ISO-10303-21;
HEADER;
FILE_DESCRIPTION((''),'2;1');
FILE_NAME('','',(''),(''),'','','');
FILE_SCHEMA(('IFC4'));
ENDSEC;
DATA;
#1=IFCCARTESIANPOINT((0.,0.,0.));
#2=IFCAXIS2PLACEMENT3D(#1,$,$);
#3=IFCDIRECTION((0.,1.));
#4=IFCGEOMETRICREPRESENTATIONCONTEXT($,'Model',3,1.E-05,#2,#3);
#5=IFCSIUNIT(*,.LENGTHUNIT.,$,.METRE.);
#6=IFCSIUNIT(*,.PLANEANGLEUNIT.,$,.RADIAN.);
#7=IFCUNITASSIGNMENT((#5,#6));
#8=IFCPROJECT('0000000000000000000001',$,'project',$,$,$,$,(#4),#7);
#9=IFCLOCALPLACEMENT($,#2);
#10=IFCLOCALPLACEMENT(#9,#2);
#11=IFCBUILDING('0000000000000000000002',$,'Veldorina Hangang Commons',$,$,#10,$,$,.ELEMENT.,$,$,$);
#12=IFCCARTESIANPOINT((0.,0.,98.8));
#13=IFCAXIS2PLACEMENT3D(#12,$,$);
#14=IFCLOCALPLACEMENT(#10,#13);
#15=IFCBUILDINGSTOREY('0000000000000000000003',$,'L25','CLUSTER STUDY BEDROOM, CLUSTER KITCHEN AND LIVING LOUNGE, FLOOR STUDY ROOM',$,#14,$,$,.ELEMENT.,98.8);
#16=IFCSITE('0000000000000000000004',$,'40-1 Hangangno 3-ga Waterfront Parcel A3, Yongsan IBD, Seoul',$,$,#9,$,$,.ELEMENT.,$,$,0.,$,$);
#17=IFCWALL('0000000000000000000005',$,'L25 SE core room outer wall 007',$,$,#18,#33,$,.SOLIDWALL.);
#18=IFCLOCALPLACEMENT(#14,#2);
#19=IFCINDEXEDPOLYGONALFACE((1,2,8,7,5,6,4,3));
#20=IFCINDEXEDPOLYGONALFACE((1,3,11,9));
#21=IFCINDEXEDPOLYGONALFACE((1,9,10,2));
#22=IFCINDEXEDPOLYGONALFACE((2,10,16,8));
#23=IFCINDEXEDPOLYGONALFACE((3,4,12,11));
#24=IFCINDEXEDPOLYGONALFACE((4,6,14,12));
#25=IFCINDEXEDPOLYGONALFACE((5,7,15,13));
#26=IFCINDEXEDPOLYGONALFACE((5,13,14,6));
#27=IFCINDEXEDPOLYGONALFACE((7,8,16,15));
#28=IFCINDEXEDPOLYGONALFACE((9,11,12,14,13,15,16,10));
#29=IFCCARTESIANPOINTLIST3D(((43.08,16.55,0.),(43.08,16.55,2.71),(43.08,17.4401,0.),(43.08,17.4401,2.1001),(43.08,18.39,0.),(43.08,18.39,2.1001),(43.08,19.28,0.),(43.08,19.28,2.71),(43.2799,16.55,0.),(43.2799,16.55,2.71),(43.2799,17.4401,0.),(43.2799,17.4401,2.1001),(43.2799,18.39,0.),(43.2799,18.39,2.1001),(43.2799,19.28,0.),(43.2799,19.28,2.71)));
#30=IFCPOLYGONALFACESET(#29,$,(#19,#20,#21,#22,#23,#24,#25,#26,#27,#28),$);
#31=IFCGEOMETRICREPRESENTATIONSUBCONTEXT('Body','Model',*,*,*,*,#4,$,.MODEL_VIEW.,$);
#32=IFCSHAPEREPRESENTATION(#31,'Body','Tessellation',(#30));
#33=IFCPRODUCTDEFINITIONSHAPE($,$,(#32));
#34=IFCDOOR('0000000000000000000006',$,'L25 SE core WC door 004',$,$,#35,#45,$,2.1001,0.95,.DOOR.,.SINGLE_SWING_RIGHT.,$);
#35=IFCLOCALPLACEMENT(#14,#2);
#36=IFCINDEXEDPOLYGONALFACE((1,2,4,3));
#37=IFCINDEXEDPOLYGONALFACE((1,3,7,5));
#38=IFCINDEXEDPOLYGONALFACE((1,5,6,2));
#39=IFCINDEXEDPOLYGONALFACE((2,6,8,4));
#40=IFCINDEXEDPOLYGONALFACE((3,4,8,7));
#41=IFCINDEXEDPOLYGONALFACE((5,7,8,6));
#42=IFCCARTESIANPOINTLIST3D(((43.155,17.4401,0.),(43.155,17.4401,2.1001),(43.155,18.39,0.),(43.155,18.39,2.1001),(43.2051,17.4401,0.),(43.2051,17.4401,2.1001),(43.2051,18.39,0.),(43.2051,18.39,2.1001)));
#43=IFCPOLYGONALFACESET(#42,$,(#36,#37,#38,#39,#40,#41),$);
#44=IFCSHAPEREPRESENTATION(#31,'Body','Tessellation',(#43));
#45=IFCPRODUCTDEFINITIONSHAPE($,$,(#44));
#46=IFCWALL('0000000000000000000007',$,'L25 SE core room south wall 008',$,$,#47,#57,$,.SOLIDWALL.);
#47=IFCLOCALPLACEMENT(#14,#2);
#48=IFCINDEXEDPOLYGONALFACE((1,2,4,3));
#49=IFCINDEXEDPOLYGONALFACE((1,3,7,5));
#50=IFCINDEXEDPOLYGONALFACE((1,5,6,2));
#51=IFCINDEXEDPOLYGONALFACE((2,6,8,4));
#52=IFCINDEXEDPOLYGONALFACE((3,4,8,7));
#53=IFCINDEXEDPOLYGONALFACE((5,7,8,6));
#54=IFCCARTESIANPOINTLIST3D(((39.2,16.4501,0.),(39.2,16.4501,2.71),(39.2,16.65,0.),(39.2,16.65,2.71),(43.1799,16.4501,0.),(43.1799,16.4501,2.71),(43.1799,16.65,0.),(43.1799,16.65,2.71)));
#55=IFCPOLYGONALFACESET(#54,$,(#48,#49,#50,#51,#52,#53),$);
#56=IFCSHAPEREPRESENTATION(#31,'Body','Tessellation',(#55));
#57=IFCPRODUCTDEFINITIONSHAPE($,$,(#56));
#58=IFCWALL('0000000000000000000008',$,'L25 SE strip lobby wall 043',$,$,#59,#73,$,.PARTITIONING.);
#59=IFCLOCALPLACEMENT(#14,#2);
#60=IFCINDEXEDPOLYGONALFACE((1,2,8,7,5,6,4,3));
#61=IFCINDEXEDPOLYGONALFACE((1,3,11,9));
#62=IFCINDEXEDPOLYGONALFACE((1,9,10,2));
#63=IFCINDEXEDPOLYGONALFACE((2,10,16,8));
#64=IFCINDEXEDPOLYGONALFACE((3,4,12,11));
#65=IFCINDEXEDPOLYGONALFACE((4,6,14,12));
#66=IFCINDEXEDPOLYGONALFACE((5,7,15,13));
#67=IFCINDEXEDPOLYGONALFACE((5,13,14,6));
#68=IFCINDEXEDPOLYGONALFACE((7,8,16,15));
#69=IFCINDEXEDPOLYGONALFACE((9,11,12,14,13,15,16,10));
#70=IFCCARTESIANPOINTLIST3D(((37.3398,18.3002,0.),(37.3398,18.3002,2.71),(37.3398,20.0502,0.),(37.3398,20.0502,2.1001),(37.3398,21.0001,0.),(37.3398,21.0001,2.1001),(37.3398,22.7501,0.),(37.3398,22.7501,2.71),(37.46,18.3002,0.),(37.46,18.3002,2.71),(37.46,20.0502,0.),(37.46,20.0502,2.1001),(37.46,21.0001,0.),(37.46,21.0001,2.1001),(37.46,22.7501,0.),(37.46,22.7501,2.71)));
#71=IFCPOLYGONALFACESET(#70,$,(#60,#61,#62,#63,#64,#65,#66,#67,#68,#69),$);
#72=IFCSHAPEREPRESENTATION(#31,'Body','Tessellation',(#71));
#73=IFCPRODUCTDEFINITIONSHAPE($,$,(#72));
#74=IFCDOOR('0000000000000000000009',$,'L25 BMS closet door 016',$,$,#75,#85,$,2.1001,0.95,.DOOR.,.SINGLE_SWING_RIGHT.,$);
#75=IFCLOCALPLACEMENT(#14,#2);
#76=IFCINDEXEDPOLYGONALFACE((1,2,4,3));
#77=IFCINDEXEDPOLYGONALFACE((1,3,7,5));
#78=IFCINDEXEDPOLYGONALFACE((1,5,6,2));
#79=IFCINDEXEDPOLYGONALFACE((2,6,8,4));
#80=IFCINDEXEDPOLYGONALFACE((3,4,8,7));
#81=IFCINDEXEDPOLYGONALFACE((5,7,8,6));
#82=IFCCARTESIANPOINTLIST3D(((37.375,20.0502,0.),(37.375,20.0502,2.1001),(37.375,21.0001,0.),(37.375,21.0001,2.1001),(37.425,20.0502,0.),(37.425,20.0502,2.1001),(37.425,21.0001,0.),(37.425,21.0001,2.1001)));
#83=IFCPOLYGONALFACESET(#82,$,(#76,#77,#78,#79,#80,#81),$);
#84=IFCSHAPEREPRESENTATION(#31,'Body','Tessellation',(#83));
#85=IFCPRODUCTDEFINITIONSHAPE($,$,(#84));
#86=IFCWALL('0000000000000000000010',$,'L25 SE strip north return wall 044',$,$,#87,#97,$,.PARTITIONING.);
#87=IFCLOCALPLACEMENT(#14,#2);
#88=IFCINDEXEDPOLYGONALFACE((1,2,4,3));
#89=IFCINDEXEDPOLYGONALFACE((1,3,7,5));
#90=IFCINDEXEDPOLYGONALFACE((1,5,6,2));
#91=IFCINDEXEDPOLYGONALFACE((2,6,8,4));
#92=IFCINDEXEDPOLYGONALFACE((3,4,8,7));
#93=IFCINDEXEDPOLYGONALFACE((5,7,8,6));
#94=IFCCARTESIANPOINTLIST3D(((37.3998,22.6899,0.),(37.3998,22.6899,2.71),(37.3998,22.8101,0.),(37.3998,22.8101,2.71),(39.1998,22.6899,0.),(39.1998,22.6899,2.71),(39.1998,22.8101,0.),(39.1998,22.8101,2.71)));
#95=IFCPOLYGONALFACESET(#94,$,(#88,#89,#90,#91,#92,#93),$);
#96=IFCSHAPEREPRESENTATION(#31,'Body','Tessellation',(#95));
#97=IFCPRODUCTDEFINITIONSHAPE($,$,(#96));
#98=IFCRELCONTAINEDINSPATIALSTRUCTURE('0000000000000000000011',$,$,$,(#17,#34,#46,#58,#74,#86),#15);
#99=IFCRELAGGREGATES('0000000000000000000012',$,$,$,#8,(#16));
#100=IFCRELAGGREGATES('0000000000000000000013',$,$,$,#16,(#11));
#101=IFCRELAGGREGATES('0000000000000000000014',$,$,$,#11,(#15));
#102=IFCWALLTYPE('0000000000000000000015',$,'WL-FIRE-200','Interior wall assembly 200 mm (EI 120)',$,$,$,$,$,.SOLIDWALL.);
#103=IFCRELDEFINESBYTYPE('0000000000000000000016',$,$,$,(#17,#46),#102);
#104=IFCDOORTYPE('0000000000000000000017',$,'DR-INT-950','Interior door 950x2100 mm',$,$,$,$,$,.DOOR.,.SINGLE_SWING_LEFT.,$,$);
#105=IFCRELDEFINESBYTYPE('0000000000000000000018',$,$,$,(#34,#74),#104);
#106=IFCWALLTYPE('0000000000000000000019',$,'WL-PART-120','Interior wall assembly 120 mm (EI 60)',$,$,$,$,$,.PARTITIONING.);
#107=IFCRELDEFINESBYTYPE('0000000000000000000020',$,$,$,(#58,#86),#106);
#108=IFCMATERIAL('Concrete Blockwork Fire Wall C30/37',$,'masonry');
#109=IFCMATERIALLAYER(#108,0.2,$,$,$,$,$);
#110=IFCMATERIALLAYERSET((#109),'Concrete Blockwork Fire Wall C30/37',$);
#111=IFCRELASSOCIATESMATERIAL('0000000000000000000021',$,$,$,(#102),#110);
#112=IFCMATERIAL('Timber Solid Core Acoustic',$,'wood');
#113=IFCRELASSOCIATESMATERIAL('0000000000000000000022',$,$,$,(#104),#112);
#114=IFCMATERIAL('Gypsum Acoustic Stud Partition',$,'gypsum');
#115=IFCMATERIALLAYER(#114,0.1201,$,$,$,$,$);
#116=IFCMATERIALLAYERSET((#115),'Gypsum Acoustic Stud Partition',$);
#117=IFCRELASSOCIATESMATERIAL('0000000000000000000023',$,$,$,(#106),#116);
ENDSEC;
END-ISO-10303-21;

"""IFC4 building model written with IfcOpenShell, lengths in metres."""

from ifc_helpers import new_model, si_unit, direction, frame, frame_2d, origin, place, context, subcontext, project, spatial, rectangle, extrude, material, layer, layer_set, type_object, element, fill, save


model = new_model("IFC4")

# Units and contexts
model_context = context("Model", 3, precision=1e-05, world=origin(), true_north=direction((0.0, 1.0)))
body_context = subcontext(model_context, "Body", "Model", "MODEL_VIEW")
ifc_project = project(units=[si_unit("LENGTHUNIT", "METRE"), si_unit("PLANEANGLEUNIT", "RADIAN")], contexts=[model_context])

# Site, building, storey
site_placement = place(None, origin())
site = spatial("IfcSite", under=ifc_project, at=site_placement, Name="40-1 Hangangno 3-ga Waterfront Parcel A3, Yongsan IBD, Seoul", CompositionType="ELEMENT", RefElevation=0.0)
building_placement = place(site_placement, origin())
building = spatial("IfcBuilding", under=site, at=building_placement, Name="Veldorina Hangang Commons", CompositionType="ELEMENT")
storey_placement = place(building_placement, frame((0.0, 0.0, 98.8)))
storey = spatial("IfcBuildingStorey", under=building, at=storey_placement, Name="L25", Description="CLUSTER STUDY BEDROOM, CLUSTER KITCHEN AND LIVING LOUNGE, FLOOR STUDY ROOM", CompositionType="ELEMENT", Elevation=98.8)

# Wall, opening, door
ifc_material_1 = material(Name="Concrete Blockwork Fire Wall C30/37", Category="masonry")
ifc_layer_1 = layer(ifc_material_1, 0.2)
ifc_layer_set_1 = layer_set([ifc_layer_1], Name="Concrete Blockwork Fire Wall C30/37")
wall_type_1 = type_object("IfcWallType", Name="WL-FIRE-200", Description="Interior wall assembly 200 mm (EI 120)", PredefinedType="SOLIDWALL", material=ifc_layer_set_1)
wall_1_placement = place(storey_placement, frame((43.1799, 16.55, 0.0), z_axis=(0.0, 0.0, 1.0), x_axis=(0.0, 1.0, 0.0)))
wall_1 = element("IfcWall", 1, at=wall_1_placement, inside=storey, type_object=wall_type_1, Name="L25 SE core room outer wall 007", PredefinedType="SOLIDWALL", context=body_context, shape_type="SweptSolid", body=[
    extrude(rectangle(XDim=2.73, YDim=0.2, at=frame_2d((1.365, 0.0))), origin(), (0.0, 0.0, 1.0), 2.71),
])
opening_1_placement = place(wall_1_placement, frame((0.8899, 0.0, 0.0)))
opening_1 = element("IfcOpeningElement", 2, at=opening_1_placement, cuts=wall_1, PredefinedType="OPENING", context=body_context, shape_type="SweptSolid", body=[
    extrude(rectangle(XDim=0.95, YDim=2.1001, at=frame_2d((0.4751, 1.05))), frame((0.0, 0.1099, 0.0), z_axis=(0.0, -1.0, 0.0), x_axis=(1.0, 0.0, 0.0)), (0.0, 0.0, 1.0), 0.22),
])
ifc_material_2 = material(Name="Timber Solid Core Acoustic", Category="wood")
door_type_1 = type_object("IfcDoorType", Name="DR-INT-950", Description="Interior door 950x2100 mm", OperationType="SINGLE_SWING_LEFT", PredefinedType="DOOR", material=ifc_material_2)
door_1_placement = place(opening_1_placement, origin())
door_1 = element("IfcDoor", 3, at=door_1_placement, inside=storey, type_object=door_type_1, Name="L25 SE core WC door 004", OperationType="SINGLE_SWING_RIGHT", OverallHeight=2.1001, OverallWidth=0.95, PredefinedType="DOOR", context=body_context, shape_type="SweptSolid", body=[
    extrude(rectangle(XDim=0.95, YDim=2.1001, at=frame_2d((0.4751, 1.05))), frame((0.0, 0.0249, 0.0), z_axis=(0.0, -1.0, 0.0), x_axis=(1.0, 0.0, 0.0)), (0.0, 0.0, 1.0), 0.05),
])
fill(opening_1, door_1)

# Wall
wall_2_placement = place(storey_placement, frame((39.2, 16.55, 0.0), z_axis=(0.0, 0.0, 1.0), x_axis=(1.0, 0.0, 0.0)))
element("IfcWall", 4, at=wall_2_placement, inside=storey, type_object=wall_type_1, Name="L25 SE core room south wall 008", PredefinedType="SOLIDWALL", context=body_context, shape_type="SweptSolid", body=[
    extrude(rectangle(XDim=3.98, YDim=0.2, at=frame_2d((1.99, 0.0))), origin(), (0.0, 0.0, 1.0), 2.71),
])

# Wall, opening, door
ifc_material_3 = material(Name="Gypsum Acoustic Stud Partition", Category="gypsum")
ifc_layer_2 = layer(ifc_material_3, 0.1201)
ifc_layer_set_2 = layer_set([ifc_layer_2], Name="Gypsum Acoustic Stud Partition")
wall_type_2 = type_object("IfcWallType", Name="WL-PART-120", Description="Interior wall assembly 120 mm (EI 60)", PredefinedType="PARTITIONING", material=ifc_layer_set_2)
wall_3_placement = place(storey_placement, frame((37.3999, 18.3, 0.0), z_axis=(0.0, 0.0, 1.0), x_axis=(0.0, 1.0, 0.0)))
wall_3 = element("IfcWall", 5, at=wall_3_placement, inside=storey, type_object=wall_type_2, Name="L25 SE strip lobby wall 043", PredefinedType="PARTITIONING", context=body_context, shape_type="SweptSolid", body=[
    extrude(rectangle(XDim=4.45, YDim=0.1201, at=frame_2d((2.2251, 0.0))), origin(), (0.0, 0.0, 1.0), 2.71),
])
opening_2_placement = place(wall_3_placement, frame((1.75, 0.0, 0.0)))
opening_2 = element("IfcOpeningElement", 6, at=opening_2_placement, cuts=wall_3, PredefinedType="OPENING", context=body_context, shape_type="SweptSolid", body=[
    extrude(rectangle(XDim=0.95, YDim=2.1001, at=frame_2d((0.4751, 1.05))), frame((0.0, 0.0701, 0.0), z_axis=(0.0, -1.0, 0.0), x_axis=(1.0, 0.0, 0.0)), (0.0, 0.0, 1.0), 0.1401),
])
door_2_placement = place(opening_2_placement, origin())
door_2 = element("IfcDoor", 7, at=door_2_placement, inside=storey, type_object=door_type_1, Name="L25 BMS closet door 016", OperationType="SINGLE_SWING_RIGHT", OverallHeight=2.1001, OverallWidth=0.95, PredefinedType="DOOR", context=body_context, shape_type="SweptSolid", body=[
    extrude(rectangle(XDim=0.95, YDim=2.1001, at=frame_2d((0.4751, 1.05))), frame((0.0, 0.0249, 0.0), z_axis=(0.0, -1.0, 0.0), x_axis=(1.0, 0.0, 0.0)), (0.0, 0.0, 1.0), 0.05),
])
fill(opening_2, door_2)

# Wall
wall_4_placement = place(storey_placement, frame((37.3999, 22.75, 0.0), z_axis=(0.0, 0.0, 1.0), x_axis=(1.0, 0.0, 0.0)))
element("IfcWall", 8, at=wall_4_placement, inside=storey, type_object=wall_type_2, Name="L25 SE strip north return wall 044", PredefinedType="PARTITIONING", context=body_context, shape_type="SweptSolid", body=[
    extrude(rectangle(XDim=1.8, YDim=0.1201, at=frame_2d((0.8999, 0.0))), origin(), (0.0, 0.0, 1.0), 2.71),
])

save(model, "model.ifc")
